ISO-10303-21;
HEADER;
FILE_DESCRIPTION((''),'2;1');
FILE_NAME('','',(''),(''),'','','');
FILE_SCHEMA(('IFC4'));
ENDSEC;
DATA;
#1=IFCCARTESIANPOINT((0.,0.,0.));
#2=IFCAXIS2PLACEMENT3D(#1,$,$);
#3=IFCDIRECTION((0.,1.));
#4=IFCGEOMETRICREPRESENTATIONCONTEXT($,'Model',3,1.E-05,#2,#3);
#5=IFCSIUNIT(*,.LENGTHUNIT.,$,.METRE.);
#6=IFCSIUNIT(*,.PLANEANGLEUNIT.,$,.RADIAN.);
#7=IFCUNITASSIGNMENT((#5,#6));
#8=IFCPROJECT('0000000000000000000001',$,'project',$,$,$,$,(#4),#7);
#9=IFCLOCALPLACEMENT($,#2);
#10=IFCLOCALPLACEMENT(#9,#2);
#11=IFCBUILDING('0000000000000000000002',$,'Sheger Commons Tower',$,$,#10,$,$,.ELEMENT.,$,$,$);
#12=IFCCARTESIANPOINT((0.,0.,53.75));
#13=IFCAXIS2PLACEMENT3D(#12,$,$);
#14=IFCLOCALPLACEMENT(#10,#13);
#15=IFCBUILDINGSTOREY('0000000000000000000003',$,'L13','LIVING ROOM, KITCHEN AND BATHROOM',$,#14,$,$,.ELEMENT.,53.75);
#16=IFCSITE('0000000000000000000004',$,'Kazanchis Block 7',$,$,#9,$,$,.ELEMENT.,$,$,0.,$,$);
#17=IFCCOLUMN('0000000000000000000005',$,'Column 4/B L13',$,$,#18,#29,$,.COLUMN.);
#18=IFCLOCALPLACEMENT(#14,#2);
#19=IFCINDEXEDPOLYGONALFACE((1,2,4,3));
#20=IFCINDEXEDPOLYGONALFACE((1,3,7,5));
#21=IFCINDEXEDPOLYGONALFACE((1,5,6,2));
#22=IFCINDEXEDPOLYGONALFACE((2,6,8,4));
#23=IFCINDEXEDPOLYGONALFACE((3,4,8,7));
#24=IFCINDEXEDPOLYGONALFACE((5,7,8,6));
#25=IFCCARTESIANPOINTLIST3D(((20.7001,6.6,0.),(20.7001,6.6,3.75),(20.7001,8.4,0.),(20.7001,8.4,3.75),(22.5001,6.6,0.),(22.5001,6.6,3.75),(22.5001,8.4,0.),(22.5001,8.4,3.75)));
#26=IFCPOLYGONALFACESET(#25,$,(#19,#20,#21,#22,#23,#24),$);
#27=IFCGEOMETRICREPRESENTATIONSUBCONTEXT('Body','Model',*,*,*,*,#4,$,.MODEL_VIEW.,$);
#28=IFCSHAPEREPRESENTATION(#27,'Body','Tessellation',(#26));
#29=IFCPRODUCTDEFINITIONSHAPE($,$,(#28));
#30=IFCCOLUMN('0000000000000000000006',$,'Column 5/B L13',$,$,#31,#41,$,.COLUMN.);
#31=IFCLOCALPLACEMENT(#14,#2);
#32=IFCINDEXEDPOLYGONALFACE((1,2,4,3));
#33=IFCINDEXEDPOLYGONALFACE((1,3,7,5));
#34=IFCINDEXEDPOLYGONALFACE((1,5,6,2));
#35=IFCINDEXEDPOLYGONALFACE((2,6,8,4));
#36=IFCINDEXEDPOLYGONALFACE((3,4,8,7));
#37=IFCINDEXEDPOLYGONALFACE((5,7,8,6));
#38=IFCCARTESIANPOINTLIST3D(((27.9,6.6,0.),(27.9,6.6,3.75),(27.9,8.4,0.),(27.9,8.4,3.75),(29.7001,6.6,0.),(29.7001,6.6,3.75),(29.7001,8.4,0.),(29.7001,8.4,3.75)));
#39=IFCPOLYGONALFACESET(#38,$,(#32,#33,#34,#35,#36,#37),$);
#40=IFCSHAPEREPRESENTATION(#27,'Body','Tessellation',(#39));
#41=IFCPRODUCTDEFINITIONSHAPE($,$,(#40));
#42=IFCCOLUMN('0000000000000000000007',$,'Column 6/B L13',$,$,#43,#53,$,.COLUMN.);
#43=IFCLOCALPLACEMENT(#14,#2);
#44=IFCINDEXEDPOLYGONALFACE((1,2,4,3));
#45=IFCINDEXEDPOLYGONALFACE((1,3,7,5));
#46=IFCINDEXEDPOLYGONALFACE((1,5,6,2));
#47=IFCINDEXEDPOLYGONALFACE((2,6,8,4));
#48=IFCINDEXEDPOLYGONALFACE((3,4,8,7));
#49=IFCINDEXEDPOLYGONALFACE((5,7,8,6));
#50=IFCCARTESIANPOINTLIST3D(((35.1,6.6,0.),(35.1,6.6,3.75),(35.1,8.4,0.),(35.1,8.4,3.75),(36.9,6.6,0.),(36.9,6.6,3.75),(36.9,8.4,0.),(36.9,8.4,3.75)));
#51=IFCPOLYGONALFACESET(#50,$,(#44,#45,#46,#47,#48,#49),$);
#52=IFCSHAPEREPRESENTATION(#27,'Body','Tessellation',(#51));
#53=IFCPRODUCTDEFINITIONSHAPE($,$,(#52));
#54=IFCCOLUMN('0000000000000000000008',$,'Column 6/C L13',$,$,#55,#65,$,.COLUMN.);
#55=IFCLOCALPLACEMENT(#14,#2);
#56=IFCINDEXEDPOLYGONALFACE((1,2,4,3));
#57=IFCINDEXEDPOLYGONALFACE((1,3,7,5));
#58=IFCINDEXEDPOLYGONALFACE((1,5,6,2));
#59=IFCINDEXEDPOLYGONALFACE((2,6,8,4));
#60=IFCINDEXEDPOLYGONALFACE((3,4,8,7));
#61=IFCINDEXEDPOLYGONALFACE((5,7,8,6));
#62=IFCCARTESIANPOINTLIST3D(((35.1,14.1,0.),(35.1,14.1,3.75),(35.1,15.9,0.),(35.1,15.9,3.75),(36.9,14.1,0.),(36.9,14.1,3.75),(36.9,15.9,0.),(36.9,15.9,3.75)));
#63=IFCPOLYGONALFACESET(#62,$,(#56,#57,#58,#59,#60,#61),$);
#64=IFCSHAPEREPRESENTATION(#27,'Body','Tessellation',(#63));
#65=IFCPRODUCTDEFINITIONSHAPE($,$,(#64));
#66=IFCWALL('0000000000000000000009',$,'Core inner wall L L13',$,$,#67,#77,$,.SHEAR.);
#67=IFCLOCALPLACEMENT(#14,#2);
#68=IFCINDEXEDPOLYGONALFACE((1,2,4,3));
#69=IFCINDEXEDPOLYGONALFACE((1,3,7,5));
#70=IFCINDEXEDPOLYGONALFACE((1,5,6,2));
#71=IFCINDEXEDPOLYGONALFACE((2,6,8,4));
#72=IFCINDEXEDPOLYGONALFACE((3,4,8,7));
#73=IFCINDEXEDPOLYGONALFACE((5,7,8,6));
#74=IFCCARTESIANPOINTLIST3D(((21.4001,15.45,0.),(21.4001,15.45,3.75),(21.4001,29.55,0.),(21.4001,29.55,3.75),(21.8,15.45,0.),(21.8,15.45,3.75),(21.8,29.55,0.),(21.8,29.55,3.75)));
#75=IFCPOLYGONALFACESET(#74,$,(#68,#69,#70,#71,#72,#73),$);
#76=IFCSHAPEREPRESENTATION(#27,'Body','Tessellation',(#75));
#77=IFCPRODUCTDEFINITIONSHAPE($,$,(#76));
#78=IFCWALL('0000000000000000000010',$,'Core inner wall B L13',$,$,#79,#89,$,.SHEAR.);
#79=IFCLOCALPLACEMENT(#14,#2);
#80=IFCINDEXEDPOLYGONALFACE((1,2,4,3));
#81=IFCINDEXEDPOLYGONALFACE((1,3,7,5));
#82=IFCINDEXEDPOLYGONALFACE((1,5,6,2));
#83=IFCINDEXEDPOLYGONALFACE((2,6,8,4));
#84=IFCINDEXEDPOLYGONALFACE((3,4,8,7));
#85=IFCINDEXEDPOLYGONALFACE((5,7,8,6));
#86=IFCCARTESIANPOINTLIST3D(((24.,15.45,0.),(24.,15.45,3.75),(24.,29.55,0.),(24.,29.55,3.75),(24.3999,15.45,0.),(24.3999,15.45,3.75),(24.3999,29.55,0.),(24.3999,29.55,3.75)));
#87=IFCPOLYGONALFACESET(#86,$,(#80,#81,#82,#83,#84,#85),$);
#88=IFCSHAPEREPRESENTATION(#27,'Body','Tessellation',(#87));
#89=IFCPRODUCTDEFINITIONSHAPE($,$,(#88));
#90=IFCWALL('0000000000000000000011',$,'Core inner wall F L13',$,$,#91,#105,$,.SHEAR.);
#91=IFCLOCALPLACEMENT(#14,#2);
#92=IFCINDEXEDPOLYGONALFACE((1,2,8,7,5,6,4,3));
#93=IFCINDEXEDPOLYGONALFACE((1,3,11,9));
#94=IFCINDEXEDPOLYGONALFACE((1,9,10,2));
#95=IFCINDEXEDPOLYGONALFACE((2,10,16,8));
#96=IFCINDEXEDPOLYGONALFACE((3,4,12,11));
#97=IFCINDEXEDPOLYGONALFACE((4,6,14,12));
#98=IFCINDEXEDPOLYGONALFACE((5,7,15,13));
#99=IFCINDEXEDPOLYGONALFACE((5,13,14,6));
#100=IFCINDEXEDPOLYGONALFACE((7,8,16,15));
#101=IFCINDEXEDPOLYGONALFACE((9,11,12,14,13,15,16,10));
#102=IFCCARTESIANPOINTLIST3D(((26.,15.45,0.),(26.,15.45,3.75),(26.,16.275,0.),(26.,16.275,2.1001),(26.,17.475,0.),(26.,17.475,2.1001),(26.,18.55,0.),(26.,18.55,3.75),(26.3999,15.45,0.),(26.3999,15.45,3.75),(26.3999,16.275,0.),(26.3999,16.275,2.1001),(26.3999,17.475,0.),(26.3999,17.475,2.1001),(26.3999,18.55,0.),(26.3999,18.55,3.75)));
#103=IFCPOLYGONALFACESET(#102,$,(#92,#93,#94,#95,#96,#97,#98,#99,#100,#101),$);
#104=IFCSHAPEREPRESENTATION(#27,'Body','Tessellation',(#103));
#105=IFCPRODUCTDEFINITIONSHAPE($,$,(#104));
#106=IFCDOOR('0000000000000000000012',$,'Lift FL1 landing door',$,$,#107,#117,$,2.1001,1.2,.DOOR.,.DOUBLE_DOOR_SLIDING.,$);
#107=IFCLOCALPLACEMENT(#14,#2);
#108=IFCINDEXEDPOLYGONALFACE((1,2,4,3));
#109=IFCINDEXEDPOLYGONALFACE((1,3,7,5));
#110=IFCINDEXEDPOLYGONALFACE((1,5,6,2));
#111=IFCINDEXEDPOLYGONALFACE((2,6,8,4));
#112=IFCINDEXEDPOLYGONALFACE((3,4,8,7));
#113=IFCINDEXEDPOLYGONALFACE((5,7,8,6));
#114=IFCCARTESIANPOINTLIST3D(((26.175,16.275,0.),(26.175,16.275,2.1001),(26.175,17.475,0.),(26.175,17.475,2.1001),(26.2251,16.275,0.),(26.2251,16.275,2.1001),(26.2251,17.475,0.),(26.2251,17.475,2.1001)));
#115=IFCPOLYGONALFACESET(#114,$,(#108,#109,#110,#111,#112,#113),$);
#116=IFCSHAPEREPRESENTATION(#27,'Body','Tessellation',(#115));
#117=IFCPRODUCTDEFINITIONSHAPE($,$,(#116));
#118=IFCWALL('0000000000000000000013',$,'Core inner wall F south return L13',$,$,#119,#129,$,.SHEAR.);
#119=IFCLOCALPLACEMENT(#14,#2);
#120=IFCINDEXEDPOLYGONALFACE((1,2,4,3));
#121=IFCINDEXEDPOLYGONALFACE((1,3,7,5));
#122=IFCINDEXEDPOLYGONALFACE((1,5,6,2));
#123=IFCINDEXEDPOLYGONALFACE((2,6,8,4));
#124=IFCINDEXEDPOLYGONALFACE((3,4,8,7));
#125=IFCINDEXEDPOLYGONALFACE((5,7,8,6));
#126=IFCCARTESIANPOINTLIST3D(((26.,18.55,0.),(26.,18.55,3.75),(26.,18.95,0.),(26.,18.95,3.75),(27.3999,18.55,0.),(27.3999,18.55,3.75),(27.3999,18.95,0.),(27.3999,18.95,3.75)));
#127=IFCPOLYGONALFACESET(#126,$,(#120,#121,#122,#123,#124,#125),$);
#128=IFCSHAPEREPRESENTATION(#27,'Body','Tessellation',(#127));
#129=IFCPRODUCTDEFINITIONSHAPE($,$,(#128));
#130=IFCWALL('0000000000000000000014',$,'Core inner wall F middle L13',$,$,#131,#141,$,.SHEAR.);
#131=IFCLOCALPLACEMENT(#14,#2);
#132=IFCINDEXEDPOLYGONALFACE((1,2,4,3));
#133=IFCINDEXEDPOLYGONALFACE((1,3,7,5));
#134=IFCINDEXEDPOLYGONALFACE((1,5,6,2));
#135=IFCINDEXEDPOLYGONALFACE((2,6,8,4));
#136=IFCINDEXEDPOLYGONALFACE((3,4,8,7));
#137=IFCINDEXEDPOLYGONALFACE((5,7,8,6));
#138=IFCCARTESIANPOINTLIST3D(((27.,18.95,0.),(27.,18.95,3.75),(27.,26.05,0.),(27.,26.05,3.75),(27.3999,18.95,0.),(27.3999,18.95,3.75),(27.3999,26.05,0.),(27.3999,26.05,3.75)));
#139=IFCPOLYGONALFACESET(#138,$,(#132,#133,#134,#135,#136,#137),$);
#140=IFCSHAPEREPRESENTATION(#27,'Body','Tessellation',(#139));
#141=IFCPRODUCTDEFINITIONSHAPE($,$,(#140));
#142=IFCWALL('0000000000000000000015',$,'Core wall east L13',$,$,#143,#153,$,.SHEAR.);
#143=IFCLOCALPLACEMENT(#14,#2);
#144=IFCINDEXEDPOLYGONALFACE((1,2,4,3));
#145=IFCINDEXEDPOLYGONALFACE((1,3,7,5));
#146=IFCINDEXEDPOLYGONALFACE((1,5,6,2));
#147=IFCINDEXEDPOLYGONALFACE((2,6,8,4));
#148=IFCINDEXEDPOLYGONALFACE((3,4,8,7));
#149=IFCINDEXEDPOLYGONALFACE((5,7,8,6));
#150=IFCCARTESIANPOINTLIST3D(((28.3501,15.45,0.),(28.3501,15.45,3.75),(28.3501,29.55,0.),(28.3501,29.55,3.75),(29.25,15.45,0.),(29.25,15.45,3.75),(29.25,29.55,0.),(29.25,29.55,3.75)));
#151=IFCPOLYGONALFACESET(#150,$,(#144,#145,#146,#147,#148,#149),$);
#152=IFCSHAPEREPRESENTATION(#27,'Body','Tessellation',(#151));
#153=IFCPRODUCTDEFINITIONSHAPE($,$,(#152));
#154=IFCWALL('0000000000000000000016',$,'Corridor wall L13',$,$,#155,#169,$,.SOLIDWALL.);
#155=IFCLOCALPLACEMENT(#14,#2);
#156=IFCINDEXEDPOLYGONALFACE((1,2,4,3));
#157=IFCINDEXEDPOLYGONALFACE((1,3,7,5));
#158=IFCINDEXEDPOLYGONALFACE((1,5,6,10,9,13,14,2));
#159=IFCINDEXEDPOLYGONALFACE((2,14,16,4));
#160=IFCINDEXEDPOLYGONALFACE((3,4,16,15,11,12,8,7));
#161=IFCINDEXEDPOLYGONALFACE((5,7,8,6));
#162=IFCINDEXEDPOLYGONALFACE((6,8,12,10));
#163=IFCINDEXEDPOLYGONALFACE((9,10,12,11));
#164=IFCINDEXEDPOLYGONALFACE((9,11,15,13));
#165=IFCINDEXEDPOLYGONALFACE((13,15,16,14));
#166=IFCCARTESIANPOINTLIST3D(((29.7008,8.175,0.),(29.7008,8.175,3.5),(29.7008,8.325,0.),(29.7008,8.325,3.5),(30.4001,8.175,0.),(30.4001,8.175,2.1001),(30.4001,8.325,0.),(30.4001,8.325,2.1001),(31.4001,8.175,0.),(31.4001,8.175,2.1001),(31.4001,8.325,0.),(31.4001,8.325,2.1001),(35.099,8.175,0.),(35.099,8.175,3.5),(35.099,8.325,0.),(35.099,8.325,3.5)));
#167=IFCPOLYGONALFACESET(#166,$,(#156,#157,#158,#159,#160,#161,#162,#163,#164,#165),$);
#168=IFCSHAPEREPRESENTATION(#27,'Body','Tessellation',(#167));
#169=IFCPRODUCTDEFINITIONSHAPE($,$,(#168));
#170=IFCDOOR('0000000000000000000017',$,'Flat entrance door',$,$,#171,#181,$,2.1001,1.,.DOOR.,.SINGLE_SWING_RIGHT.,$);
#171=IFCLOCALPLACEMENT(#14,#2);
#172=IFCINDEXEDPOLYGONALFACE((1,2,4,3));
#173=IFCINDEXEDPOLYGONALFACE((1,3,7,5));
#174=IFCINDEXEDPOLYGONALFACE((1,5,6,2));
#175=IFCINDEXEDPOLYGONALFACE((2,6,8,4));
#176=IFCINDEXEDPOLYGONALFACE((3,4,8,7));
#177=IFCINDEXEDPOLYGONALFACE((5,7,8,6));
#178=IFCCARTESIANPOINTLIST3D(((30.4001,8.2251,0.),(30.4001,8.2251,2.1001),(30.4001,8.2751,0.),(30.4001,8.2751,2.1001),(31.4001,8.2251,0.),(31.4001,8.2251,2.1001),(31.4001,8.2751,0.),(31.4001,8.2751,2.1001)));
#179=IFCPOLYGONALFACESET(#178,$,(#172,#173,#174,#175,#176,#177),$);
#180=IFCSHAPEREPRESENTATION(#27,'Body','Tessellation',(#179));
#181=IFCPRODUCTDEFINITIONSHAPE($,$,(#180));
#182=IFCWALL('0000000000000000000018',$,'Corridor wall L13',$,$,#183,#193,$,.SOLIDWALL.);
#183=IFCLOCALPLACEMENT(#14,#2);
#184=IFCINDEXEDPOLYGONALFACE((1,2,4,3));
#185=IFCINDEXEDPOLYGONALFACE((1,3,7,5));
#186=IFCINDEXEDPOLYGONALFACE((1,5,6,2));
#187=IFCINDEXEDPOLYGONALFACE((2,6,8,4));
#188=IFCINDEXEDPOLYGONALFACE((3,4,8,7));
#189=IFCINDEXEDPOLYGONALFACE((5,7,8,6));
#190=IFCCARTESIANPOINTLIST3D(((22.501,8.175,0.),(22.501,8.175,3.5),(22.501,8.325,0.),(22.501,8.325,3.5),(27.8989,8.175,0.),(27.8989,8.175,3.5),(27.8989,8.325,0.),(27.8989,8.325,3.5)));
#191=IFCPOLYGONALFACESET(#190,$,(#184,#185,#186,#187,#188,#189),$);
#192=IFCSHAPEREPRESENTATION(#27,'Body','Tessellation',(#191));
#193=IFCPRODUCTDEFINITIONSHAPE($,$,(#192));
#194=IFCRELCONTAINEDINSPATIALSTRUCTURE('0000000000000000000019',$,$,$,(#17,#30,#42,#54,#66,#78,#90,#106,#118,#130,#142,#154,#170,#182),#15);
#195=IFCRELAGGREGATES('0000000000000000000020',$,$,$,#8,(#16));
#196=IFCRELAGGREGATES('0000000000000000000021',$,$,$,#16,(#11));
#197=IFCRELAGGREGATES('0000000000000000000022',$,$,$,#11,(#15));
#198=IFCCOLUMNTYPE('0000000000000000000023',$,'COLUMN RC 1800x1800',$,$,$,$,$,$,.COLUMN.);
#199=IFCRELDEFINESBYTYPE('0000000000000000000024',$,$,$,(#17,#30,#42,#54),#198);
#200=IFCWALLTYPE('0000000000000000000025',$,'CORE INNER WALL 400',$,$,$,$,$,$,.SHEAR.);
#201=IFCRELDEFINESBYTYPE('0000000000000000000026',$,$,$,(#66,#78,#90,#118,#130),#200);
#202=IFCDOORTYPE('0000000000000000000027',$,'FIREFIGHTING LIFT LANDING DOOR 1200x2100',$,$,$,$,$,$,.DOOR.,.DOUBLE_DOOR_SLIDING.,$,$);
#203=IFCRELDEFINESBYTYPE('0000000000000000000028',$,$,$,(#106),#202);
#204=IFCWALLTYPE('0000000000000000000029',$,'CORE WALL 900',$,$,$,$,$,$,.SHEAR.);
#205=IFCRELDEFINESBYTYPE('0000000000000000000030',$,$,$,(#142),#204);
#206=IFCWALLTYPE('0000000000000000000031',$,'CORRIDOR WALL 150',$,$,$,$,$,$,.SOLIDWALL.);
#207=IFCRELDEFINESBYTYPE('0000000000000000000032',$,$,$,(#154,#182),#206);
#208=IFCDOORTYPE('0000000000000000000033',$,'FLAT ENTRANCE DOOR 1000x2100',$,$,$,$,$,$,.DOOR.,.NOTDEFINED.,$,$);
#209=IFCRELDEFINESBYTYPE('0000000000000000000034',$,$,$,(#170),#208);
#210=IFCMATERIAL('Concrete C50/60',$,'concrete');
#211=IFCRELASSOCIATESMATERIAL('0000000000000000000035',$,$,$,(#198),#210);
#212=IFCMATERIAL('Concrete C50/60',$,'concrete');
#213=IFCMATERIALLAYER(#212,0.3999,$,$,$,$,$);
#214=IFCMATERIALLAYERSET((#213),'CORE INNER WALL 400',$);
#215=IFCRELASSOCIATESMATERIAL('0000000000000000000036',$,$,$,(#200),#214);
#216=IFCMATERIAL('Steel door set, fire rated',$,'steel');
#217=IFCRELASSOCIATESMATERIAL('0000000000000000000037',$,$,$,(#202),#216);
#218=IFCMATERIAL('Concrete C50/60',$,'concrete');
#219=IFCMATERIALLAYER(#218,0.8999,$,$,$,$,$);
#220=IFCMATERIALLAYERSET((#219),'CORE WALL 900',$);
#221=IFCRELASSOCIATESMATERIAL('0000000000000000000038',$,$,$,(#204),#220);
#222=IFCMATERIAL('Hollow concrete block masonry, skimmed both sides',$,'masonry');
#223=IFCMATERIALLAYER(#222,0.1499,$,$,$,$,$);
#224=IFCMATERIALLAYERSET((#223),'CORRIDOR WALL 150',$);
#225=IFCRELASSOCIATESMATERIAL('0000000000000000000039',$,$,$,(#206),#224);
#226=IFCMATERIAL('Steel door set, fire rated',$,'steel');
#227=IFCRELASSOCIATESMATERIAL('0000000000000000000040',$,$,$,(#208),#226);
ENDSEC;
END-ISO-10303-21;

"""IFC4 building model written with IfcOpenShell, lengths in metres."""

from ifc_helpers import new_model, si_unit, direction, frame, frame_2d, origin, origin_2d, place, context, subcontext, project, spatial, rectangle, extrude, material, layer, layer_set, material_profile, profile_set, type_object, element, fill, save


model = new_model("IFC4")

# Units and contexts
model_context = context("Model", 3, precision=1e-05, world=origin(), true_north=direction((0.0, 1.0)))
body_context = subcontext(model_context, "Body", "Model", "MODEL_VIEW")
ifc_project = project(units=[si_unit("LENGTHUNIT", "METRE"), si_unit("PLANEANGLEUNIT", "RADIAN")], contexts=[model_context])

# Site, building, storey
site_placement = place(None, origin())
site = spatial("IfcSite", under=ifc_project, at=site_placement, Name="Kazanchis Block 7", CompositionType="ELEMENT", RefElevation=0.0)
building_placement = place(site_placement, origin())
building = spatial("IfcBuilding", under=site, at=building_placement, Name="Sheger Commons Tower", CompositionType="ELEMENT")
storey_placement = place(building_placement, frame((0.0, 0.0, 53.75)))
storey = spatial("IfcBuildingStorey", under=building, at=storey_placement, Name="L13", Description="LIVING ROOM, KITCHEN AND BATHROOM", CompositionType="ELEMENT", Elevation=53.75)

# Columns
ifc_material_1 = material(Name="Concrete C50/60", Category="concrete")
ifc_material_profile = material_profile(ifc_material_1, rectangle(XDim=1.8, YDim=1.8, at=origin_2d()), Name="RC 1800x1800")
ifc_profile_set = profile_set([ifc_material_profile], Name="Concrete C50/60")
column_type = type_object("IfcColumnType", Name="COLUMN RC 1800x1800", PredefinedType="COLUMN", material=ifc_profile_set)
for number, where, z_axis, x_axis, name in (
    (1, (21.6001, 7.5, 0.0), (0.0, 0.0, 1.0), (1.0, 0.0, 0.0), "Column 4/B L13"),
    (2, (28.8, 7.5, 0.0), (0.0, 0.0, 1.0), (1.0, 0.0, 0.0), "Column 5/B L13"),
    (3, (36.0, 7.5, 0.0), (0.0, 0.0, 1.0), (1.0, 0.0, 0.0), "Column 6/B L13"),
    (4, (36.0, 15.0, 0.0), (0.0, 0.0, 1.0), (1.0, 0.0, 0.0), "Column 6/C L13"),
):
    element("IfcColumn", number, at=place(storey_placement, frame(where, z_axis=z_axis, x_axis=x_axis)), inside=storey, type_object=column_type, Name=name, PredefinedType="COLUMN", context=body_context, shape_type="SweptSolid", body=[
        extrude(rectangle(XDim=1.8, YDim=1.8, at=origin_2d()), origin(), (0.0, 0.0, 1.0), 3.75),
    ])

# Walls
ifc_material_2 = material(Name="Concrete C50/60", Category="concrete")
ifc_layer_1 = layer(ifc_material_2, 0.3999)
ifc_layer_set_1 = layer_set([ifc_layer_1], Name="CORE INNER WALL 400")
wall_type_1 = type_object("IfcWallType", Name="CORE INNER WALL 400", PredefinedType="SHEAR", material=ifc_layer_set_1)
for number, where, z_axis, x_axis, name in (
    (5, (21.6001, 15.45, 0.0), (0.0, 0.0, 1.0), (0.0, 1.0, 0.0), "Core inner wall L L13"),
    (6, (24.2, 15.45, 0.0), (0.0, 0.0, 1.0), (0.0, 1.0, 0.0), "Core inner wall B L13"),
):
    element("IfcWall", number, at=place(storey_placement, frame(where, z_axis=z_axis, x_axis=x_axis)), inside=storey, type_object=wall_type_1, Name=name, PredefinedType="SHEAR", context=body_context, shape_type="SweptSolid", body=[
        extrude(rectangle(XDim=14.1001, YDim=0.3999, at=frame_2d((7.05, 0.0))), origin(), (0.0, 0.0, 1.0), 3.75),
    ])

# Wall, opening, door
wall_1_placement = place(storey_placement, frame((26.2, 15.45, 0.0), z_axis=(0.0, 0.0, 1.0), x_axis=(0.0, 1.0, 0.0)))
wall_1 = element("IfcWall", 7, at=wall_1_placement, inside=storey, type_object=wall_type_1, Name="Core inner wall F L13", PredefinedType="SHEAR", context=body_context, shape_type="SweptSolid", body=[
    extrude(rectangle(XDim=3.1001, YDim=0.3999, at=frame_2d((1.55, 0.0))), origin(), (0.0, 0.0, 1.0), 3.75),
])
opening_1_placement = place(wall_1_placement, frame((0.825, 0.0, 0.0)))
opening_1 = element("IfcOpeningElement", 8, at=opening_1_placement, cuts=wall_1, PredefinedType="OPENING", context=body_context, shape_type="SweptSolid", body=[
    extrude(rectangle(XDim=1.2, YDim=2.1001, at=frame_2d((0.6001, 1.05))), frame((0.0, 0.21, 0.0), z_axis=(0.0, -1.0, 0.0), x_axis=(1.0, 0.0, 0.0)), (0.0, 0.0, 1.0), 0.4199),
])
ifc_material_3 = material(Name="Steel door set, fire rated", Category="steel")
door_type_1 = type_object("IfcDoorType", Name="FIREFIGHTING LIFT LANDING DOOR 1200x2100", OperationType="DOUBLE_DOOR_SLIDING", PredefinedType="DOOR", material=ifc_material_3)
door_1_placement = place(opening_1_placement, origin())
door_1 = element("IfcDoor", 9, at=door_1_placement, inside=storey, type_object=door_type_1, Name="Lift FL1 landing door", OperationType="DOUBLE_DOOR_SLIDING", OverallHeight=2.1001, OverallWidth=1.2, PredefinedType="DOOR", context=body_context, shape_type="SweptSolid", body=[
    extrude(rectangle(XDim=1.2, YDim=2.1001, at=frame_2d((0.6001, 1.05))), frame((0.0, 0.0249, 0.0), z_axis=(0.0, -1.0, 0.0), x_axis=(1.0, 0.0, 0.0)), (0.0, 0.0, 1.0), 0.05),
])
fill(opening_1, door_1)

# Walls
wall_2_placement = place(storey_placement, frame((26.0, 18.75, 0.0), z_axis=(0.0, 0.0, 1.0), x_axis=(1.0, 0.0, 0.0)))
element("IfcWall", 10, at=wall_2_placement, inside=storey, type_object=wall_type_1, Name="Core inner wall F south return L13", PredefinedType="SHEAR", context=body_context, shape_type="SweptSolid", body=[
    extrude(rectangle(XDim=1.3999, YDim=0.3999, at=frame_2d((0.7, 0.0))), origin(), (0.0, 0.0, 1.0), 3.75),
])
wall_3_placement = place(storey_placement, frame((27.2, 18.95, 0.0), z_axis=(0.0, 0.0, 1.0), x_axis=(0.0, 1.0, 0.0)))
element("IfcWall", 11, at=wall_3_placement, inside=storey, type_object=wall_type_1, Name="Core inner wall F middle L13", PredefinedType="SHEAR", context=body_context, shape_type="SweptSolid", body=[
    extrude(rectangle(XDim=7.1001, YDim=0.3999, at=frame_2d((3.55, 0.0))), origin(), (0.0, 0.0, 1.0), 3.75),
])
ifc_material_4 = material(Name="Concrete C50/60", Category="concrete")
ifc_layer_2 = layer(ifc_material_4, 0.8999)
ifc_layer_set_2 = layer_set([ifc_layer_2], Name="CORE WALL 900")
wall_type_2 = type_object("IfcWallType", Name="CORE WALL 900", PredefinedType="SHEAR", material=ifc_layer_set_2)
wall_4_placement = place(storey_placement, frame((28.8, 15.45, 0.0), z_axis=(0.0, 0.0, 1.0), x_axis=(0.0, 1.0, 0.0)))
element("IfcWall", 12, at=wall_4_placement, inside=storey, type_object=wall_type_2, Name="Core wall east L13", PredefinedType="SHEAR", context=body_context, shape_type="SweptSolid", body=[
    extrude(rectangle(XDim=14.1001, YDim=0.8999, at=frame_2d((7.05, 0.0))), origin(), (0.0, 0.0, 1.0), 3.75),
])

# Wall, opening, door
ifc_material_5 = material(Name="Hollow concrete block masonry, skimmed both sides", Category="masonry")
ifc_layer_3 = layer(ifc_material_5, 0.1499)
ifc_layer_set_3 = layer_set([ifc_layer_3], Name="CORRIDOR WALL 150")
wall_type_3 = type_object("IfcWallType", Name="CORRIDOR WALL 150", PredefinedType="SOLIDWALL", material=ifc_layer_set_3)
wall_5_placement = place(storey_placement, frame((35.0991, 8.25, 0.0), z_axis=(0.0, 0.0, 1.0), x_axis=(-1.0, 0.0, 0.0)))
wall_5 = element("IfcWall", 13, at=wall_5_placement, inside=storey, type_object=wall_type_3, Name="Corridor wall L13", PredefinedType="SOLIDWALL", context=body_context, shape_type="SweptSolid", body=[
    extrude(rectangle(XDim=5.3982, YDim=0.1499, at=frame_2d((2.6992, 0.0))), origin(), (0.0, 0.0, 1.0), 3.5),
])
opening_2_placement = place(wall_5_placement, frame((3.699, 0.0, 0.0)))
opening_2 = element("IfcOpeningElement", 14, at=opening_2_placement, cuts=wall_5, PredefinedType="OPENING", context=body_context, shape_type="SweptSolid", body=[
    extrude(rectangle(XDim=1.0, YDim=2.1001, at=frame_2d((0.5, 1.05))), frame((0.0, 0.085, 0.0), z_axis=(0.0, -1.0, 0.0), x_axis=(1.0, 0.0, 0.0)), (0.0, 0.0, 1.0), 0.1699),
])
ifc_material_6 = material(Name="Steel door set, fire rated", Category="steel")
door_type_2 = type_object("IfcDoorType", Name="FLAT ENTRANCE DOOR 1000x2100", OperationType="NOTDEFINED", PredefinedType="DOOR", material=ifc_material_6)
door_2_placement = place(opening_2_placement, origin())
door_2 = element("IfcDoor", 15, at=door_2_placement, inside=storey, type_object=door_type_2, Name="Flat entrance door", OperationType="SINGLE_SWING_RIGHT", OverallHeight=2.1001, OverallWidth=1.0, PredefinedType="DOOR", context=body_context, shape_type="SweptSolid", body=[
    extrude(rectangle(XDim=1.0, YDim=2.1001, at=frame_2d((0.5, 1.05))), frame((0.0, 0.0249, 0.0), z_axis=(0.0, -1.0, 0.0), x_axis=(1.0, 0.0, 0.0)), (0.0, 0.0, 1.0), 0.05),
])
fill(opening_2, door_2)

# Wall
wall_6_placement = place(storey_placement, frame((27.8989, 8.25, 0.0), z_axis=(0.0, 0.0, 1.0), x_axis=(-1.0, 0.0, 0.0)))
element("IfcWall", 16, at=wall_6_placement, inside=storey, type_object=wall_type_3, Name="Corridor wall L13", PredefinedType="SOLIDWALL", context=body_context, shape_type="SweptSolid", body=[
    extrude(rectangle(XDim=5.3979, YDim=0.1499, at=frame_2d((2.699, 0.0))), origin(), (0.0, 0.0, 1.0), 3.5),
])

save(model, "model.ifc")
